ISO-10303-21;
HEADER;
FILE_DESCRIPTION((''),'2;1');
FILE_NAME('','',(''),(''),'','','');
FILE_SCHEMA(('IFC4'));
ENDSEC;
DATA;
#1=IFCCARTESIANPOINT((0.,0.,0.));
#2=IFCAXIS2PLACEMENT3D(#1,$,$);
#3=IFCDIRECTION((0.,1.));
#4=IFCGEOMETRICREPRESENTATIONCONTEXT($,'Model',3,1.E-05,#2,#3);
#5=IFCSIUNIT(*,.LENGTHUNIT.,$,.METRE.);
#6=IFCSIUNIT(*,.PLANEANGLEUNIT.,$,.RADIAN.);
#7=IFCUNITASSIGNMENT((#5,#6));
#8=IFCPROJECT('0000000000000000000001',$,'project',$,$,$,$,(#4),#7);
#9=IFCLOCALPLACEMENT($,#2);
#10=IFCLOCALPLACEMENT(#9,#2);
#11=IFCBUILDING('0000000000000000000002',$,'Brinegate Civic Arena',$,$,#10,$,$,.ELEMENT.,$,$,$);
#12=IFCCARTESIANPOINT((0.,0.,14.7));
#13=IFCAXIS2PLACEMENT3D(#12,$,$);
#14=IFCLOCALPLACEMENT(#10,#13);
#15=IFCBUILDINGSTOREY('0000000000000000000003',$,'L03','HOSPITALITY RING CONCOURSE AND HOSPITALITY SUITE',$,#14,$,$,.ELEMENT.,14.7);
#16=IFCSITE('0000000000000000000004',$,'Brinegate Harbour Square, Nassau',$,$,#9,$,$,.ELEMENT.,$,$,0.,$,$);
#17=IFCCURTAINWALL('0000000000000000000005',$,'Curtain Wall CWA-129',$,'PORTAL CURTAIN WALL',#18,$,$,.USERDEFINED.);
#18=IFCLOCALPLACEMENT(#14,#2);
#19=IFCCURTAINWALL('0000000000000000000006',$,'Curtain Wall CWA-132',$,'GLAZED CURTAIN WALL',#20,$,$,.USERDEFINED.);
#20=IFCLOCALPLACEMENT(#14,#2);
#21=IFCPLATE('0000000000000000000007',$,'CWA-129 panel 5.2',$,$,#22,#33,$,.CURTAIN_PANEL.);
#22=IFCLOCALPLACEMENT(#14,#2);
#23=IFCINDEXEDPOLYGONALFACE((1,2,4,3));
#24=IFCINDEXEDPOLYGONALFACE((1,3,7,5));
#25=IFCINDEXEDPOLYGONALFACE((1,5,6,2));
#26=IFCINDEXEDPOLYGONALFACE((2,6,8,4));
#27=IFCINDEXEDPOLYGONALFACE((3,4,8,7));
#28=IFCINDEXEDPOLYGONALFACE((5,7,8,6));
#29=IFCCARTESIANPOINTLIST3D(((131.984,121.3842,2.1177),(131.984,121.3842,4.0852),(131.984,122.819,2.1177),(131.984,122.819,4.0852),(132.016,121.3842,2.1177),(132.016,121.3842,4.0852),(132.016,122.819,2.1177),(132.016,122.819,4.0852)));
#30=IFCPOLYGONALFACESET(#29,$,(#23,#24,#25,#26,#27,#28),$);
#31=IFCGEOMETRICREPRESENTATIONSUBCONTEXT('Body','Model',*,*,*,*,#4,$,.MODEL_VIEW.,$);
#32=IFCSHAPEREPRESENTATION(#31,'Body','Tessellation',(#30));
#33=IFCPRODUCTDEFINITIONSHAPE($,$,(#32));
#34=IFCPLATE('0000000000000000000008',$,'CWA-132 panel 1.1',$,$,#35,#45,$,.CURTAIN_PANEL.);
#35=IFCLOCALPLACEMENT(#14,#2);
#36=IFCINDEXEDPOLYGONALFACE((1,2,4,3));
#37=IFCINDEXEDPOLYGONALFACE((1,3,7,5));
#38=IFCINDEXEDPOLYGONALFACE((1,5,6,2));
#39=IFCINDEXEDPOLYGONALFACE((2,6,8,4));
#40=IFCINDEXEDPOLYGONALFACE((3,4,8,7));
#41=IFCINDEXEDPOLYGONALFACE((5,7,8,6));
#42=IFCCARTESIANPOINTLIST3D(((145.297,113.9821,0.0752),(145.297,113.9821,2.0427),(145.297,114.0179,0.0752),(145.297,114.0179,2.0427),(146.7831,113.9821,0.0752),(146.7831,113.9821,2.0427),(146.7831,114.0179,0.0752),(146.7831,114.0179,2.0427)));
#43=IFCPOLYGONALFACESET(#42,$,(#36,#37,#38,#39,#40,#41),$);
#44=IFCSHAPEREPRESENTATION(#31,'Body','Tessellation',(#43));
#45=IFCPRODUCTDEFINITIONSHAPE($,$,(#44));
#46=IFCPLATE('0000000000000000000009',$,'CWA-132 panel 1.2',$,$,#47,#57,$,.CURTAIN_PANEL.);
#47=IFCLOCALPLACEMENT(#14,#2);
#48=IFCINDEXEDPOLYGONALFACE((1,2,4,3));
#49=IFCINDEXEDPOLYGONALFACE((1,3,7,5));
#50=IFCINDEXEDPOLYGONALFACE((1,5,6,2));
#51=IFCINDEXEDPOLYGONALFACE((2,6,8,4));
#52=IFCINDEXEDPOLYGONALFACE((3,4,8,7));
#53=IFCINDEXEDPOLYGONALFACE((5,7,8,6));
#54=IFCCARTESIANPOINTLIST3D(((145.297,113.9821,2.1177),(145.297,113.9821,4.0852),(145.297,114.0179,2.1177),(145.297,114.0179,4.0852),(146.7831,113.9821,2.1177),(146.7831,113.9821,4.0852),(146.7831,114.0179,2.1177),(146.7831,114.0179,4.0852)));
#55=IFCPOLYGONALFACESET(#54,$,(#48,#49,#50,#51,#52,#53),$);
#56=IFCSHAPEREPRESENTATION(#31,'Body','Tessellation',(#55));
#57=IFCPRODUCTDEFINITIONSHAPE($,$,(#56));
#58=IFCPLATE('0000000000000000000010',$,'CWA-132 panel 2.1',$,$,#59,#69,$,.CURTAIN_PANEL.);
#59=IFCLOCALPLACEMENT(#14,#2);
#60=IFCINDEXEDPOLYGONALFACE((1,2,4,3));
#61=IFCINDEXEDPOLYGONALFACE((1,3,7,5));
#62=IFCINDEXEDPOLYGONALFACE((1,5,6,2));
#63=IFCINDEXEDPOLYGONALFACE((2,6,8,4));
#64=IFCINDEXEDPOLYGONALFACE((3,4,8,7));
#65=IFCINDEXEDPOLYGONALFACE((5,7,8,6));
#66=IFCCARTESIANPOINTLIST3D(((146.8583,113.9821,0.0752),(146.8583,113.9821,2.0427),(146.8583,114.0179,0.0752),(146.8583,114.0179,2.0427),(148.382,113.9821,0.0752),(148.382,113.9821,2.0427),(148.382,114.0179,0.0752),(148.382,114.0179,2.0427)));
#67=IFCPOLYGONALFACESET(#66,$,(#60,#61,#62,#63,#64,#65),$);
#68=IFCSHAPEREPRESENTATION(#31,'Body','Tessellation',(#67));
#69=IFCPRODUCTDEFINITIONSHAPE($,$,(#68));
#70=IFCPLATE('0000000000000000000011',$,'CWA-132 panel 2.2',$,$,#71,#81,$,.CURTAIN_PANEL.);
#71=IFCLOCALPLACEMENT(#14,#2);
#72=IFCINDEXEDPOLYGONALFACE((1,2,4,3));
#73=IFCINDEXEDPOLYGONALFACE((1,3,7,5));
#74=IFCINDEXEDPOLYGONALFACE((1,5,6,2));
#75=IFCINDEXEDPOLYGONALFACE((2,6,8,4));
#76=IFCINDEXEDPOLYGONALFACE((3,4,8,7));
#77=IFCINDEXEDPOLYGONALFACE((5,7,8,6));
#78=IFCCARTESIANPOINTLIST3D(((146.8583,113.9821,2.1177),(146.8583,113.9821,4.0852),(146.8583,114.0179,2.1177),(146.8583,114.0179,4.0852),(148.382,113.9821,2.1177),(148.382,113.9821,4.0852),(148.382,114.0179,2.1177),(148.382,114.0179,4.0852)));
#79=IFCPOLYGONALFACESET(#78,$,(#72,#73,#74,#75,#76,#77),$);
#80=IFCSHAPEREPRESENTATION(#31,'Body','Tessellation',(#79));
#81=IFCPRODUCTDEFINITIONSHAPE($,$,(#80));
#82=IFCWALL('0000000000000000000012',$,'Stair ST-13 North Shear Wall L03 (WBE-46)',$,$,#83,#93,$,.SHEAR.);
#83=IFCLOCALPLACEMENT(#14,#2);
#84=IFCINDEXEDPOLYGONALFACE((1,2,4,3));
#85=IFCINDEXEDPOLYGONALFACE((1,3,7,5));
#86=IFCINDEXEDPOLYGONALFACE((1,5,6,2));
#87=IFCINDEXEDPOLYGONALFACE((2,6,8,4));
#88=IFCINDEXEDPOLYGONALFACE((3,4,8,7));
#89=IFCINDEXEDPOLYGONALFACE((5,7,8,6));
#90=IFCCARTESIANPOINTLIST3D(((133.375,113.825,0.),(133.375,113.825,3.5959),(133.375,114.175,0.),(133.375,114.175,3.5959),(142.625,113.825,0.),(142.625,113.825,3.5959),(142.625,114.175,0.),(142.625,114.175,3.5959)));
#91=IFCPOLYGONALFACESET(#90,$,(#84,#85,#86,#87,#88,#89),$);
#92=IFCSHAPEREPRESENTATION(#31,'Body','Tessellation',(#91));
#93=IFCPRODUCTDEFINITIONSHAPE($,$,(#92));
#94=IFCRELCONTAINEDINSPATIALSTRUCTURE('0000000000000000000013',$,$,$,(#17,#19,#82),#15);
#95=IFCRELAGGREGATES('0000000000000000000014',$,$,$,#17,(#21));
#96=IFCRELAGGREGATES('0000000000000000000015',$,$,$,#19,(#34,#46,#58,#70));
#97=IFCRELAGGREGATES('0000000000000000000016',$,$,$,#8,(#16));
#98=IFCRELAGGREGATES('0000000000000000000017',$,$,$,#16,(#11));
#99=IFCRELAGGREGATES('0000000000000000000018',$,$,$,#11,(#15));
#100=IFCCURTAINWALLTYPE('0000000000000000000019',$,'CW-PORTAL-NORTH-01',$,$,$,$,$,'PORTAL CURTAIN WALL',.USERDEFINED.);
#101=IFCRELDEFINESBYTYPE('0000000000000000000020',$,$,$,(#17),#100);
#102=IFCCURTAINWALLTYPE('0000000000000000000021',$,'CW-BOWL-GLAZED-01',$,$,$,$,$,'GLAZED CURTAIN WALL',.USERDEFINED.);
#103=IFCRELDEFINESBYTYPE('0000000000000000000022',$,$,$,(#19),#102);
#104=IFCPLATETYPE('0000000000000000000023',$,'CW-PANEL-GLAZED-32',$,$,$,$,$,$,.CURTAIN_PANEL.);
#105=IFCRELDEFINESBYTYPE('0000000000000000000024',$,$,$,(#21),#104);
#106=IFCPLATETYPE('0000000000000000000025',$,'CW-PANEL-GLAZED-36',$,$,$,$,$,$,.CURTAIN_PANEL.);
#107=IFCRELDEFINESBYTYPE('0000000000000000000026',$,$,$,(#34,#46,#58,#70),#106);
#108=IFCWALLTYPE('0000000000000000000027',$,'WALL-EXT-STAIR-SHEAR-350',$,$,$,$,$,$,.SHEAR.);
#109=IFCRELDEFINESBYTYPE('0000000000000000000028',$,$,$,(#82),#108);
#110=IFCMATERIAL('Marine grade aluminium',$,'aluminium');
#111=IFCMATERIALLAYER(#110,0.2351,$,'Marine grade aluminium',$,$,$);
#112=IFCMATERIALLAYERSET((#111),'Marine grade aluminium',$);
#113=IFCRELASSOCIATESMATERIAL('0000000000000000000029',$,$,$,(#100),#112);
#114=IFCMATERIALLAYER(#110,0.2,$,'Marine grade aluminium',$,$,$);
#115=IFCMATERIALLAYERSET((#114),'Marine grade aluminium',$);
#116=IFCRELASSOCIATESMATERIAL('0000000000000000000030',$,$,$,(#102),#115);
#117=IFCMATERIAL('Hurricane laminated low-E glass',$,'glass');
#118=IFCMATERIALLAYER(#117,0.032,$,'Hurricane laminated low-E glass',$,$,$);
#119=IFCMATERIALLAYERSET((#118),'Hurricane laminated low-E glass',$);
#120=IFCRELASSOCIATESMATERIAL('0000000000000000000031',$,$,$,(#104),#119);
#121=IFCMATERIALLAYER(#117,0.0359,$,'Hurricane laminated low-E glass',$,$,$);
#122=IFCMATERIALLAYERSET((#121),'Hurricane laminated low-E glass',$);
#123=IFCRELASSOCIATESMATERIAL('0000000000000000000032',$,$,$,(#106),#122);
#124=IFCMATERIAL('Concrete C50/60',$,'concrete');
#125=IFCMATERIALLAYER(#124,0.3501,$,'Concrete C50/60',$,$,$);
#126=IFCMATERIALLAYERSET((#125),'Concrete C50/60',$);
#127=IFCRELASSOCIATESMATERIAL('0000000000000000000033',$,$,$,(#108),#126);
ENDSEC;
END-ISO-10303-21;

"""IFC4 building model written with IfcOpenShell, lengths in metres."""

from ifc_helpers import new_model, si_unit, direction, frame, frame_2d, origin, origin_2d, place, context, subcontext, project, spatial, rectangle, extrude, material, layer, layer_set, type_object, element, aggregate, save


model = new_model("IFC4")

# Units and contexts
model_context = context("Model", 3, precision=1e-05, world=origin(), true_north=direction((0.0, 1.0)))
body_context = subcontext(model_context, "Body", "Model", "MODEL_VIEW")
ifc_project = project(units=[si_unit("LENGTHUNIT", "METRE"), si_unit("PLANEANGLEUNIT", "RADIAN")], contexts=[model_context])

# Site, building, storey
site_placement = place(None, origin())
site = spatial("IfcSite", under=ifc_project, at=site_placement, Name="Brinegate Harbour Square, Nassau", CompositionType="ELEMENT", RefElevation=0.0)
building_placement = place(site_placement, origin())
building = spatial("IfcBuilding", under=site, at=building_placement, Name="Brinegate Civic Arena", CompositionType="ELEMENT")
storey_placement = place(building_placement, frame((0.0, 0.0, 14.7)))
storey = spatial("IfcBuildingStorey", under=building, at=storey_placement, Name="L03", Description="HOSPITALITY RING CONCOURSE AND HOSPITALITY SUITE", CompositionType="ELEMENT", Elevation=14.7)

# Shared definitions
ifc_material_1 = material(Name="Concrete C50/60", Category="concrete")

# Curtain walls
ifc_material_2 = material(Name="Marine grade aluminium", Category="aluminium")
ifc_layer_1 = layer(ifc_material_2, 0.2351, Name="Marine grade aluminium")
ifc_layer_set_1 = layer_set([ifc_layer_1], Name="Marine grade aluminium")
curtain_wall_type_1 = type_object("IfcCurtainWallType", Name="CW-PORTAL-NORTH-01", ElementType="PORTAL CURTAIN WALL", PredefinedType="USERDEFINED", material=ifc_layer_set_1)
curtain_wall_1_placement = place(storey_placement, origin())
curtain_wall_1 = element("IfcCurtainWall", 1, at=curtain_wall_1_placement, inside=storey, type_object=curtain_wall_type_1, Name="Curtain Wall CWA-129", ObjectType="PORTAL CURTAIN WALL", PredefinedType="USERDEFINED")
ifc_layer_2 = layer(ifc_material_2, 0.2, Name="Marine grade aluminium")
ifc_layer_set_2 = layer_set([ifc_layer_2], Name="Marine grade aluminium")
curtain_wall_type_2 = type_object("IfcCurtainWallType", Name="CW-BOWL-GLAZED-01", ElementType="GLAZED CURTAIN WALL", PredefinedType="USERDEFINED", material=ifc_layer_set_2)
curtain_wall_2_placement = place(storey_placement, origin())
curtain_wall_2 = element("IfcCurtainWall", 2, at=curtain_wall_2_placement, inside=storey, type_object=curtain_wall_type_2, Name="Curtain Wall CWA-132", ObjectType="GLAZED CURTAIN WALL", PredefinedType="USERDEFINED")

# Plates
ifc_material_3 = material(Name="Hurricane laminated low-E glass", Category="glass")
ifc_layer_3 = layer(ifc_material_3, 0.032, Name="Hurricane laminated low-E glass")
ifc_layer_set_3 = layer_set([ifc_layer_3], Name="Hurricane laminated low-E glass")
plate_type_1 = type_object("IfcPlateType", Name="CW-PANEL-GLAZED-32", PredefinedType="CURTAIN_PANEL", material=ifc_layer_set_3)
plate_1_placement = place(storey_placement, frame((132.0, 122.1016, 2.1177), z_axis=(0.0, 0.0, 1.0), x_axis=(0.0, 1.0, 0.0)))
plate_1 = element("IfcPlate", 3, at=plate_1_placement, type_object=plate_type_1, Name="CWA-129 panel 5.2", PredefinedType="CURTAIN_PANEL", context=body_context, shape_type="SweptSolid", body=[
    extrude(rectangle(XDim=1.4348, YDim=0.032, at=origin_2d()), origin(), (0.0, 0.0, 1.0), 1.9675),
])
aggregate(curtain_wall_1, [plate_1])
ifc_layer_4 = layer(ifc_material_3, 0.0359, Name="Hurricane laminated low-E glass")
ifc_layer_set_4 = layer_set([ifc_layer_4], Name="Hurricane laminated low-E glass")
plate_type_2 = type_object("IfcPlateType", Name="CW-PANEL-GLAZED-36", PredefinedType="CURTAIN_PANEL", material=ifc_layer_set_4)
plate_2_placement = place(storey_placement, frame((146.04, 114.0, 0.0752), z_axis=(0.0, 0.0, 1.0), x_axis=(1.0, 0.0, 0.0)))
plate_2 = element("IfcPlate", 4, at=plate_2_placement, type_object=plate_type_2, Name="CWA-132 panel 1.1", PredefinedType="CURTAIN_PANEL", context=body_context, shape_type="SweptSolid", body=[
    extrude(rectangle(XDim=1.4861, YDim=0.0359, at=origin_2d()), origin(), (0.0, 0.0, 1.0), 1.9675),
])
plate_3_placement = place(storey_placement, frame((146.04, 114.0, 2.1177), z_axis=(0.0, 0.0, 1.0), x_axis=(1.0, 0.0, 0.0)))
plate_3 = element("IfcPlate", 5, at=plate_3_placement, type_object=plate_type_2, Name="CWA-132 panel 1.2", PredefinedType="CURTAIN_PANEL", context=body_context, shape_type="SweptSolid", body=[
    extrude(rectangle(XDim=1.4861, YDim=0.0359, at=origin_2d()), origin(), (0.0, 0.0, 1.0), 1.9675),
])
plate_4_placement = place(storey_placement, frame((147.6201, 114.0, 0.0752), z_axis=(0.0, 0.0, 1.0), x_axis=(1.0, 0.0, 0.0)))
plate_4 = element("IfcPlate", 6, at=plate_4_placement, type_object=plate_type_2, Name="CWA-132 panel 2.1", PredefinedType="CURTAIN_PANEL", context=body_context, shape_type="SweptSolid", body=[
    extrude(rectangle(XDim=1.5237, YDim=0.0359, at=origin_2d()), origin(), (0.0, 0.0, 1.0), 1.9675),
])
plate_5_placement = place(storey_placement, frame((147.6201, 114.0, 2.1177), z_axis=(0.0, 0.0, 1.0), x_axis=(1.0, 0.0, 0.0)))
plate_5 = element("IfcPlate", 7, at=plate_5_placement, type_object=plate_type_2, Name="CWA-132 panel 2.2", PredefinedType="CURTAIN_PANEL", context=body_context, shape_type="SweptSolid", body=[
    extrude(rectangle(XDim=1.5237, YDim=0.0359, at=origin_2d()), origin(), (0.0, 0.0, 1.0), 1.9675),
])
aggregate(curtain_wall_2, [plate_2, plate_3, plate_4, plate_5])

# Wall
ifc_layer_5 = layer(ifc_material_1, 0.3501, Name="Concrete C50/60")
ifc_layer_set_5 = layer_set([ifc_layer_5], Name="Concrete C50/60")
wall_type = type_object("IfcWallType", Name="WALL-EXT-STAIR-SHEAR-350", PredefinedType="SHEAR", material=ifc_layer_set_5)
wall_placement = place(storey_placement, frame((133.375, 114.0, 0.0), z_axis=(0.0, 0.0, 1.0), x_axis=(1.0, 0.0, 0.0)))
element("IfcWall", 8, at=wall_placement, inside=storey, type_object=wall_type, Name="Stair ST-13 North Shear Wall L03 (WBE-46)", PredefinedType="SHEAR", context=body_context, shape_type="SweptSolid", body=[
    extrude(rectangle(XDim=9.25, YDim=0.3501, at=frame_2d((4.625, 0.0))), origin(), (0.0, 0.0, 1.0), 3.5959),
])

save(model, "model.ifc")
